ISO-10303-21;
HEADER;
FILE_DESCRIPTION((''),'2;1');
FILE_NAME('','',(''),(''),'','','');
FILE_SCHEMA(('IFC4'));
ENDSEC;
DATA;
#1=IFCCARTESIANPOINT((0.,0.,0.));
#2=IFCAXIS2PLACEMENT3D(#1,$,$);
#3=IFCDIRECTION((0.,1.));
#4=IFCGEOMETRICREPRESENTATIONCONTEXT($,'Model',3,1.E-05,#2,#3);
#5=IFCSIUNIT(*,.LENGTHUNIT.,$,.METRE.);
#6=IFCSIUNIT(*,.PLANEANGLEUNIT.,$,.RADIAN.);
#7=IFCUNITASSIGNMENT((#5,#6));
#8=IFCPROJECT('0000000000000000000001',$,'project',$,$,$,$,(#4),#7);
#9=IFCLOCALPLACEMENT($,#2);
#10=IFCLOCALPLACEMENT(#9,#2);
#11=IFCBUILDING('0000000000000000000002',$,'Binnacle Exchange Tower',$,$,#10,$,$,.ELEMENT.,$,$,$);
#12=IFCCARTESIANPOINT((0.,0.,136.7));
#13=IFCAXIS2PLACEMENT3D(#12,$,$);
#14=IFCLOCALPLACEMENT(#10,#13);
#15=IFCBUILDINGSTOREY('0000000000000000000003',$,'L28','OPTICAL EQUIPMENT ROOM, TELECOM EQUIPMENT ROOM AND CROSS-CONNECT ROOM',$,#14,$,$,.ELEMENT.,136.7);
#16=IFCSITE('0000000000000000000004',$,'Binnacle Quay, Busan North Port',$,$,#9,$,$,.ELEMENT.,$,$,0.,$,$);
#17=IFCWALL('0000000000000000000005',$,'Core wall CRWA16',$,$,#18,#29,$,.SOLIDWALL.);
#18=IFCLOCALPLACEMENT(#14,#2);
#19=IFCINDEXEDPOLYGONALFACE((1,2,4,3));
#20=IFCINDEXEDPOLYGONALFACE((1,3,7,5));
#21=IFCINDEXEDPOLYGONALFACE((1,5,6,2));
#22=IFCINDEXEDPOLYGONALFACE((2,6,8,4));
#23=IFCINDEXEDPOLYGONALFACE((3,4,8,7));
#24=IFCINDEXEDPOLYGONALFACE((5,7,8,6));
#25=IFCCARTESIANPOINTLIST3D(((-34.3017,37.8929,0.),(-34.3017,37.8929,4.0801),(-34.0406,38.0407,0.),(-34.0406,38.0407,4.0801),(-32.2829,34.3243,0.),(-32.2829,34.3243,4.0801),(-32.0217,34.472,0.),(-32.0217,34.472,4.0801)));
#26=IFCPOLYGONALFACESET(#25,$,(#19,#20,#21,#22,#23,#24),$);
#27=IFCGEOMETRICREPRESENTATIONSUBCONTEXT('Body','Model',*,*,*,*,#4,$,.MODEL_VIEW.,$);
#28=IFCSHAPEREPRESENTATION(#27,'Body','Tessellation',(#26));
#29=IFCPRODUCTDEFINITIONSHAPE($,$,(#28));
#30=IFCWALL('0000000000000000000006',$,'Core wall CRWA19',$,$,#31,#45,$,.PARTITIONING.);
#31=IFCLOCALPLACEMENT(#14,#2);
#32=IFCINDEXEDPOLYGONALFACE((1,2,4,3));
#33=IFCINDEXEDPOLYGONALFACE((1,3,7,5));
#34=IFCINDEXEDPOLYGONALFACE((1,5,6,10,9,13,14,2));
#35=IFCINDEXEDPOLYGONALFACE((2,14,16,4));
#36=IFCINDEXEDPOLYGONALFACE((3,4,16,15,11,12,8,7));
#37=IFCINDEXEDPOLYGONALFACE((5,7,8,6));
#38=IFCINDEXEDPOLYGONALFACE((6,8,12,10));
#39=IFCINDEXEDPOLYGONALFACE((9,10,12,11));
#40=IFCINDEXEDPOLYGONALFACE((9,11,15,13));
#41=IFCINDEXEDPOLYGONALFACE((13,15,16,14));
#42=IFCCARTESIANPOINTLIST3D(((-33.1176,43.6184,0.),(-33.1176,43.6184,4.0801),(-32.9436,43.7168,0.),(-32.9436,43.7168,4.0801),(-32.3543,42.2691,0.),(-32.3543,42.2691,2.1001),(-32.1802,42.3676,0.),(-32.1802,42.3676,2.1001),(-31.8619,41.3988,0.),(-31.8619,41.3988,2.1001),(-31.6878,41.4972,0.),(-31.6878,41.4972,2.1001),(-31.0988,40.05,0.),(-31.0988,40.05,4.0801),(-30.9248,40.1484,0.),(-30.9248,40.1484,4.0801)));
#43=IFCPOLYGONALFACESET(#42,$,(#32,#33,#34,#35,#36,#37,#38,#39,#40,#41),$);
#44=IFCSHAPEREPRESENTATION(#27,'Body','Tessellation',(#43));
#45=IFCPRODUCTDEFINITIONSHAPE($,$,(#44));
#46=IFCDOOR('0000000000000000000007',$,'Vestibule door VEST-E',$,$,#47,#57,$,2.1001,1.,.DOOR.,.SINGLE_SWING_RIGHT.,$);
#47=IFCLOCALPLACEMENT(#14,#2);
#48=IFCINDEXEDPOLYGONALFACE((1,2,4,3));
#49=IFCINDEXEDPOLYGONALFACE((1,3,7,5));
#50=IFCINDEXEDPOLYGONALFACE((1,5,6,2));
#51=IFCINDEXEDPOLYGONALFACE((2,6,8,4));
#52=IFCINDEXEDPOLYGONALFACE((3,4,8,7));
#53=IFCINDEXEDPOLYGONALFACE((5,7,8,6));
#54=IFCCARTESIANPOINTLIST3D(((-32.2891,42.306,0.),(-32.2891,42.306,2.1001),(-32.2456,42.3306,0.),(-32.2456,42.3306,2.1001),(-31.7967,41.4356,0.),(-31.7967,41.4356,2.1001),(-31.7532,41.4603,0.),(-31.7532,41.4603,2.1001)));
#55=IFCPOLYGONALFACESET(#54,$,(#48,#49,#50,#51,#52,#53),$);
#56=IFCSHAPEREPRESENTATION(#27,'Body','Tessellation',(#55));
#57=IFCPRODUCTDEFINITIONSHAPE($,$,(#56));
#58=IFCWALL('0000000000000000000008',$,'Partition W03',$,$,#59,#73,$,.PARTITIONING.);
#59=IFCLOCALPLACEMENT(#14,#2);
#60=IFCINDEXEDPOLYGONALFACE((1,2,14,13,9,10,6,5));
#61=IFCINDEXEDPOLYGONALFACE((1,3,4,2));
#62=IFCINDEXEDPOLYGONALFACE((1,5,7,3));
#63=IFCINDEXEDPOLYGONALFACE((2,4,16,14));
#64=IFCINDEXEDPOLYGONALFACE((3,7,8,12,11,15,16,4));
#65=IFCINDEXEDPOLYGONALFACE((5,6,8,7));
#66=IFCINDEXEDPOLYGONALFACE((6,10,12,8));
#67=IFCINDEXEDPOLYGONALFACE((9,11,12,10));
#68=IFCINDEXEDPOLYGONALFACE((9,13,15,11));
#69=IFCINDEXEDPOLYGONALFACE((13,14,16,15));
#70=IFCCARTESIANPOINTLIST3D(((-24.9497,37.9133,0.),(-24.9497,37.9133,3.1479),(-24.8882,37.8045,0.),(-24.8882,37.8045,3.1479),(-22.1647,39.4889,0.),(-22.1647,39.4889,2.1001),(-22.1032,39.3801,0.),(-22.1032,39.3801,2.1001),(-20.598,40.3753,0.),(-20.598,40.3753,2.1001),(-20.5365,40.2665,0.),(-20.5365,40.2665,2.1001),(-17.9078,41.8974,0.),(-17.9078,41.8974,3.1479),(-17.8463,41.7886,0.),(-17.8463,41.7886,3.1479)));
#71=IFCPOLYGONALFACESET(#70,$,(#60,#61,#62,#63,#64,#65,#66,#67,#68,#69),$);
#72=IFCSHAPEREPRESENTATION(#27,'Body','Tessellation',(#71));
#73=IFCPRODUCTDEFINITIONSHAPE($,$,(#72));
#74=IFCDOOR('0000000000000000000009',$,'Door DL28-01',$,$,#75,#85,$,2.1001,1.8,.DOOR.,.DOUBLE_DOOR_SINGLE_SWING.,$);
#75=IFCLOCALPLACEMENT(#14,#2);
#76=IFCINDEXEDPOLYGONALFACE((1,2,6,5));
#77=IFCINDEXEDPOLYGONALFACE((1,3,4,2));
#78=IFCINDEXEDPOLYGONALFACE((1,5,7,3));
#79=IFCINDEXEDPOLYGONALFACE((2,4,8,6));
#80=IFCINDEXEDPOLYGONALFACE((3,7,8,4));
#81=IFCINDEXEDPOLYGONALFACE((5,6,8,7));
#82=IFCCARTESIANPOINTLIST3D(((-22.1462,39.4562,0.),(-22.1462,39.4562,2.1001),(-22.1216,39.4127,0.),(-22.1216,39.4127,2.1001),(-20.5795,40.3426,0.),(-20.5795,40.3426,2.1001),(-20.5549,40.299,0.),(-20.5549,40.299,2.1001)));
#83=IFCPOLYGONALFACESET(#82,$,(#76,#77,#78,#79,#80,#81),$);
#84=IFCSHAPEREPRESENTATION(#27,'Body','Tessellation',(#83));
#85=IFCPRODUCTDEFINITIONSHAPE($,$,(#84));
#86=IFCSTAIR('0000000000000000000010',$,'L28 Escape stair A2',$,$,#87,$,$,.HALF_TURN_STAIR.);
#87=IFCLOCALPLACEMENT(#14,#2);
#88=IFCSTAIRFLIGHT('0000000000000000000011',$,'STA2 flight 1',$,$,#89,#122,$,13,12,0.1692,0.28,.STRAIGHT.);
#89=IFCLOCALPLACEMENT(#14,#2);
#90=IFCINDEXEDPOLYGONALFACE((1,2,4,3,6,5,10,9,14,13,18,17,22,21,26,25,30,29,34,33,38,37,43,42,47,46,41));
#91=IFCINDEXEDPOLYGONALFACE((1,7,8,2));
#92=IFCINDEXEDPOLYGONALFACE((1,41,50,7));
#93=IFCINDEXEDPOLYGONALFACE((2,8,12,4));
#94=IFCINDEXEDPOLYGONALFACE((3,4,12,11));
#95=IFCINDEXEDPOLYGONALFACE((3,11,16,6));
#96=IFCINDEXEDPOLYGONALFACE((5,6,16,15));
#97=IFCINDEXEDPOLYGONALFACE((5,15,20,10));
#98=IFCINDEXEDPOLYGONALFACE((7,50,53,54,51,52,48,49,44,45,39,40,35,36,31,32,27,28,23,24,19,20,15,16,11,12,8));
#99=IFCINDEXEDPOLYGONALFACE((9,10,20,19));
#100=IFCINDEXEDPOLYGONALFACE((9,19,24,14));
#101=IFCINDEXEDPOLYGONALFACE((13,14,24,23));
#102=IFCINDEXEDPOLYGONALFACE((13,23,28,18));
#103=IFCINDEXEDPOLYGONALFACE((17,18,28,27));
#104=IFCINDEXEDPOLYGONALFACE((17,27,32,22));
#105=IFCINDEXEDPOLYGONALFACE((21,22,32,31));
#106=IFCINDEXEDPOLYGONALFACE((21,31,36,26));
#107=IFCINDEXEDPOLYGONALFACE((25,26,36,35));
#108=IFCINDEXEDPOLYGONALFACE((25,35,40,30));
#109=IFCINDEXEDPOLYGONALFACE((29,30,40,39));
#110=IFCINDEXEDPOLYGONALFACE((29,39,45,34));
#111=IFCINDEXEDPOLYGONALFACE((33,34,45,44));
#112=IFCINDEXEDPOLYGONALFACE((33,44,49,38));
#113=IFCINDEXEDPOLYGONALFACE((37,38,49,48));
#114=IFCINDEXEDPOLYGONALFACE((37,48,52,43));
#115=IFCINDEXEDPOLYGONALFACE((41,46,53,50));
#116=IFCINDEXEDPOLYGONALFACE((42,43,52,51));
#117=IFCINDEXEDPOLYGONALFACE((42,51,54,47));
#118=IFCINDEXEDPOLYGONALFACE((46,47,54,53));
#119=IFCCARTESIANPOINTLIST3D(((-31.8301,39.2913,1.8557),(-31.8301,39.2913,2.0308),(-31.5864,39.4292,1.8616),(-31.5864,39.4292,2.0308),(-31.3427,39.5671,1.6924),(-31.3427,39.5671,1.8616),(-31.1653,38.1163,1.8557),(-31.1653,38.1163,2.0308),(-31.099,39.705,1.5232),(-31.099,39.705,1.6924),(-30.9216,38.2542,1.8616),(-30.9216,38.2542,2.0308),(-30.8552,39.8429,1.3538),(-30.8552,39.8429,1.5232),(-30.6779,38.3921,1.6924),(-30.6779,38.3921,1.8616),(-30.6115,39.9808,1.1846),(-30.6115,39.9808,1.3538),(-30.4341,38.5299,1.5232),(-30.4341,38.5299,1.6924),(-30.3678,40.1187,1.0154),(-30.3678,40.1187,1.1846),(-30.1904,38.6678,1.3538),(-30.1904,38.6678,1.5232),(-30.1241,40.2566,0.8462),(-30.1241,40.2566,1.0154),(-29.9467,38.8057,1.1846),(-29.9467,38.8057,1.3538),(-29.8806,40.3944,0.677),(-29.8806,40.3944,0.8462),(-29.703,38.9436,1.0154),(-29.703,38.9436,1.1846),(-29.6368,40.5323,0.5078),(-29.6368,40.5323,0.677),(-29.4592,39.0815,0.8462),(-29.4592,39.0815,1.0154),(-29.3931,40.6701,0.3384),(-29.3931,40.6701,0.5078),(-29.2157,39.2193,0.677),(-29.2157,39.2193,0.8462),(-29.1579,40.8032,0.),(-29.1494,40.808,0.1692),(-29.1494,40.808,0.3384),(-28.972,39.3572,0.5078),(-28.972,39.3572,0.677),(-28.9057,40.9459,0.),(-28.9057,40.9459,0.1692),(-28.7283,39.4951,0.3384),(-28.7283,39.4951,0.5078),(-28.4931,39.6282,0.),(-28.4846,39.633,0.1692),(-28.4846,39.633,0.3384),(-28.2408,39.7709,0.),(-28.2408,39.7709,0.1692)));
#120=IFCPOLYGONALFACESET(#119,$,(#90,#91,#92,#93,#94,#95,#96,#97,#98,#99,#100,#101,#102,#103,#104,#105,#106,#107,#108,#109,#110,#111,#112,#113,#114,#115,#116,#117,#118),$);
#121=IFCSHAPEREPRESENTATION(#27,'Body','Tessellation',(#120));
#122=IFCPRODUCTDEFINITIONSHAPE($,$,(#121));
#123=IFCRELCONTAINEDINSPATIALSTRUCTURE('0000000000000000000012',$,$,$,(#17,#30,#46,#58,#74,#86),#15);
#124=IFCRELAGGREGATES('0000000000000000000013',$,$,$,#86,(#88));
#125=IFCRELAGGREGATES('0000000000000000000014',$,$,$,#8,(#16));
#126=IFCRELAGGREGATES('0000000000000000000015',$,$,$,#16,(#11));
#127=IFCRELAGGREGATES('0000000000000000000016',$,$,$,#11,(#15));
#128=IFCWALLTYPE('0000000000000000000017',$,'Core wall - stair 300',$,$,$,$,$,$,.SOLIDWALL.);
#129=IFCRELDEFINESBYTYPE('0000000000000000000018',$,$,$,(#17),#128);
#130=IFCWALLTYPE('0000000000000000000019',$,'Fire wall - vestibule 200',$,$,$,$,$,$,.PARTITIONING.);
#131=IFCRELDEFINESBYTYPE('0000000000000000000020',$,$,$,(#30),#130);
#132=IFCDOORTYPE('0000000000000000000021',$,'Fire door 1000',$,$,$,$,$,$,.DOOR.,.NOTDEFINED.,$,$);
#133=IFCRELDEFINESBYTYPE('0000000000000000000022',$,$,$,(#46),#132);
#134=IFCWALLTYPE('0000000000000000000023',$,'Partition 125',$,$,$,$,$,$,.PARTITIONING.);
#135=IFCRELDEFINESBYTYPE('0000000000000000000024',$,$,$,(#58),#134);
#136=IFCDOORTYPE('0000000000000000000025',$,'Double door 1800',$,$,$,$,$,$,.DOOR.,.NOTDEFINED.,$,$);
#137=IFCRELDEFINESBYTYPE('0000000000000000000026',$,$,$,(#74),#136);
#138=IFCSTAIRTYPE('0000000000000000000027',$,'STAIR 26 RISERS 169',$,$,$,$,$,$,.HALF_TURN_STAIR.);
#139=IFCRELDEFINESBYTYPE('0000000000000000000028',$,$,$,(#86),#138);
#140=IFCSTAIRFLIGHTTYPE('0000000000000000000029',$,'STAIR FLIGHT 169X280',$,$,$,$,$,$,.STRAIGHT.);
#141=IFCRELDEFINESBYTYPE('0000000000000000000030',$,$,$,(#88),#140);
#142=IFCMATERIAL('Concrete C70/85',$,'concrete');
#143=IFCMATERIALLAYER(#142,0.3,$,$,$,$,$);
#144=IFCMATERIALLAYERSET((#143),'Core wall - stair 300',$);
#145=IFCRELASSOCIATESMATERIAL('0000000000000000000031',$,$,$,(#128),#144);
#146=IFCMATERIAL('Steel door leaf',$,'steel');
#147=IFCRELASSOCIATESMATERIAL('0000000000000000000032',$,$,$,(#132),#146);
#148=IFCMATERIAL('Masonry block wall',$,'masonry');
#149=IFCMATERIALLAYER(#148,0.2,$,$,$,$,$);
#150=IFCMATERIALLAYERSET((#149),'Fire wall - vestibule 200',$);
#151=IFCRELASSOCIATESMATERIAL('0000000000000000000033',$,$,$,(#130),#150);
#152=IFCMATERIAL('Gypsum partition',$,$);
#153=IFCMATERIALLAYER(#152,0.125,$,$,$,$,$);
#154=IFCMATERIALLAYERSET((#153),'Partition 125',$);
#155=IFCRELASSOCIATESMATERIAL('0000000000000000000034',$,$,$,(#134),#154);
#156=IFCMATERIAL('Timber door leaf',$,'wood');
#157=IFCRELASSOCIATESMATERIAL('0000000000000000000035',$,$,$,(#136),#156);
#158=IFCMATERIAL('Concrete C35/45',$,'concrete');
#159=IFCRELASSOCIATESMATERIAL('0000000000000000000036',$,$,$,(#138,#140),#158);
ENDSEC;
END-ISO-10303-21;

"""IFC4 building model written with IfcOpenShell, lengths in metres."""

from ifc_helpers import new_model, si_unit, direction, frame, frame_2d, origin, place, context, subcontext, project, spatial, polyline, rectangle, outline, extrude, material, layer, layer_set, type_object, element, fill, aggregate, save


model = new_model("IFC4")

# Units and contexts
model_context = context("Model", 3, precision=1e-05, world=origin(), true_north=direction((0.0, 1.0)))
body_context = subcontext(model_context, "Body", "Model", "MODEL_VIEW")
ifc_project = project(units=[si_unit("LENGTHUNIT", "METRE"), si_unit("PLANEANGLEUNIT", "RADIAN")], contexts=[model_context])

# Site, building, storey
site_placement = place(None, origin())
site = spatial("IfcSite", under=ifc_project, at=site_placement, Name="Binnacle Quay, Busan North Port", CompositionType="ELEMENT", RefElevation=0.0)
building_placement = place(site_placement, origin())
building = spatial("IfcBuilding", under=site, at=building_placement, Name="Binnacle Exchange Tower", CompositionType="ELEMENT")
storey_placement = place(building_placement, frame((0.0, 0.0, 136.7)))
storey = spatial("IfcBuildingStorey", under=building, at=storey_placement, Name="L28", Description="OPTICAL EQUIPMENT ROOM, TELECOM EQUIPMENT ROOM AND CROSS-CONNECT ROOM", CompositionType="ELEMENT", Elevation=136.7)

# Shared definitions
ifc_material_1 = material(Name="Concrete C70/85", Category="concrete")

# Shared definitions
ifc_material_2 = material(Name="Steel door leaf", Category="steel")

# Shared definitions
ifc_layer_1 = layer(ifc_material_1, 0.3)
ifc_layer_set_1 = layer_set([ifc_layer_1], Name="Core wall - stair 300")
wall_type_1 = type_object("IfcWallType", Name="Core wall - stair 300", PredefinedType="SOLIDWALL", material=ifc_layer_set_1)
door_type_1 = type_object("IfcDoorType", Name="Fire door 1000", OperationType="NOTDEFINED", PredefinedType="DOOR", material=ifc_material_2)

# Wall
wall_1_placement = place(storey_placement, frame((-34.1711, 37.9668, 0.0), z_axis=(0.0, 0.0, 1.0), x_axis=(0.492383, -0.870379, 0.0)))
element("IfcWall", 1, at=wall_1_placement, inside=storey, type_object=wall_type_1, Name="Core wall CRWA16", PredefinedType="SOLIDWALL", context=body_context, shape_type="SweptSolid", body=[
    extrude(rectangle(XDim=4.1001, YDim=0.3, at=frame_2d((2.05, 0.0))), origin(), (0.0, 0.0, 1.0), 4.0801),
])

# Walls, openings, doors
ifc_material_3 = material(Name="Masonry block wall", Category="masonry")
ifc_layer_2 = layer(ifc_material_3, 0.2)
ifc_layer_set_2 = layer_set([ifc_layer_2], Name="Fire wall - vestibule 200")
wall_type_2 = type_object("IfcWallType", Name="Fire wall - vestibule 200", PredefinedType="PARTITIONING", material=ifc_layer_set_2)
wall_2_placement = place(storey_placement, frame((-33.0305, 43.6675, 0.0), z_axis=(0.0, 0.0, 1.0), x_axis=(0.492408, -0.870364, 0.0)))
wall_2 = element("IfcWall", 2, at=wall_2_placement, inside=storey, type_object=wall_type_2, Name="Core wall CRWA19", PredefinedType="PARTITIONING", context=body_context, shape_type="SweptSolid", body=[
    extrude(rectangle(XDim=4.0999, YDim=0.2, at=frame_2d((2.0498, 0.0))), origin(), (0.0, 0.0, 1.0), 4.0801),
])
opening_1_placement = place(wall_2_placement, frame((1.55, 0.0, 0.0)))
opening_1 = element("IfcOpeningElement", 3, at=opening_1_placement, cuts=wall_2, PredefinedType="OPENING", context=body_context, shape_type="SweptSolid", body=[
    extrude(rectangle(XDim=1.0, YDim=2.1001, at=frame_2d((0.5, 1.05))), frame((0.0, 0.1099, 0.0), z_axis=(0.0, -1.0, 0.0), x_axis=(1.0, 0.0, 0.0)), (0.0, 0.0, 1.0), 0.22),
])
door_1_placement = place(opening_1_placement, origin())
door_1 = element("IfcDoor", 4, at=door_1_placement, inside=storey, type_object=door_type_1, Name="Vestibule door VEST-E", OperationType="SINGLE_SWING_RIGHT", OverallHeight=2.1001, OverallWidth=1.0, PredefinedType="DOOR", context=body_context, shape_type="SweptSolid", body=[
    extrude(rectangle(XDim=1.0, YDim=2.1001, at=frame_2d((0.5, 1.05))), frame((0.0, 0.0249, 0.0), z_axis=(0.0, -1.0, 0.0), x_axis=(1.0, 0.0, 0.0)), (0.0, 0.0, 1.0), 0.05),
])
fill(opening_1, door_1)
ifc_material_4 = material(Name="Gypsum partition")
ifc_layer_3 = layer(ifc_material_4, 0.125)
ifc_layer_set_3 = layer_set([ifc_layer_3], Name="Partition 125")
wall_type_3 = type_object("IfcWallType", Name="Partition 125", PredefinedType="PARTITIONING", material=ifc_layer_set_3)
wall_3_placement = place(storey_placement, frame((-24.9189, 37.8589, 0.0), z_axis=(0.0, 0.0, 1.0), x_axis=(0.870358, 0.49242, 0.0)))
wall_3 = element("IfcWall", 5, at=wall_3_placement, inside=storey, type_object=wall_type_3, Name="Partition W03", PredefinedType="PARTITIONING", context=body_context, shape_type="SweptSolid", body=[
    extrude(rectangle(XDim=8.0908, YDim=0.125, at=frame_2d((4.0454, 0.0))), origin(), (0.0, 0.0, 1.0), 3.1479),
])
opening_2_placement = place(wall_3_placement, frame((3.2, 0.0, 0.0)))
opening_2 = element("IfcOpeningElement", 6, at=opening_2_placement, cuts=wall_3, PredefinedType="OPENING", context=body_context, shape_type="SweptSolid", body=[
    extrude(rectangle(XDim=1.8, YDim=2.1001, at=frame_2d((0.8999, 1.05))), frame((0.0, 0.0725, 0.0), z_axis=(0.0, -1.0, 0.0), x_axis=(1.0, 0.0, 0.0)), (0.0, 0.0, 1.0), 0.145),
])
ifc_material_5 = material(Name="Timber door leaf", Category="wood")
door_type_2 = type_object("IfcDoorType", Name="Double door 1800", OperationType="NOTDEFINED", PredefinedType="DOOR", material=ifc_material_5)
door_2_placement = place(opening_2_placement, origin())
door_2 = element("IfcDoor", 7, at=door_2_placement, inside=storey, type_object=door_type_2, Name="Door DL28-01", OperationType="DOUBLE_DOOR_SINGLE_SWING", OverallHeight=2.1001, OverallWidth=1.8, PredefinedType="DOOR", context=body_context, shape_type="SweptSolid", body=[
    extrude(rectangle(XDim=1.8, YDim=2.1001, at=frame_2d((0.8999, 1.05))), frame((0.0, 0.0249, 0.0), z_axis=(0.0, -1.0, 0.0), x_axis=(1.0, 0.0, 0.0)), (0.0, 0.0, 1.0), 0.05),
])
fill(opening_2, door_2)

# Stair, stair flight
ifc_material_6 = material(Name="Concrete C35/45", Category="concrete")
stair_type = type_object("IfcStairType", Name="STAIR 26 RISERS 169", PredefinedType="HALF_TURN_STAIR", material=ifc_material_6)
stair_placement = place(storey_placement, origin())
stair = element("IfcStair", 8, at=stair_placement, inside=storey, type_object=stair_type, Name="L28 Escape stair A2", PredefinedType="HALF_TURN_STAIR")
stair_flight_type = type_object("IfcStairFlightType", Name="STAIR FLIGHT 169X280", PredefinedType="STRAIGHT", material=ifc_material_6)
stair_flight_placement = place(storey_placement, frame((-28.5732, 40.3584, 0.0), z_axis=(0.0, 0.0, 1.0), x_axis=(-0.870356, -0.492424, 0.0)))
stair_flight = element("IfcStairFlight", 9, at=stair_flight_placement, type_object=stair_flight_type, Name="STA2 flight 1", NumberOfRisers=13, NumberOfTreads=12, PredefinedType="STRAIGHT", RiserHeight=0.1692, TreadLength=0.28, context=body_context, shape_type="SweptSolid", body=[
    extrude(outline(polyline([(0.0, 0.0), (0.0, 0.1692), (0.28, 0.1692), (0.28, 0.3384), (0.5601, 0.3384), (0.5601, 0.5078), (0.8401, 0.5078), (0.8401, 0.677), (1.1201, 0.677), (1.1201, 0.8462), (1.3999, 0.8462), (1.3999, 1.0154), (1.6799, 1.0154), (1.6799, 1.1846), (1.96, 1.1846), (1.96, 1.3538), (2.24, 1.3538), (2.24, 1.5232), (2.52, 1.5232), (2.52, 1.6924), (2.8, 1.6924), (2.8, 1.8616), (3.0801, 1.8616), (3.0801, 2.0308), (3.3601, 2.0308), (3.3601, 2.2), (3.3601, 1.8557), (0.2898, 0.0), (0.0, 0.0)])), frame((0.0, 0.675, 0.0), z_axis=(0.0, -1.0, 0.0), x_axis=(1.0, 0.0, 0.0)), (0.0, 0.0, 1.0), 1.3501),
])
aggregate(stair, [stair_flight])

save(model, "model.ifc")
